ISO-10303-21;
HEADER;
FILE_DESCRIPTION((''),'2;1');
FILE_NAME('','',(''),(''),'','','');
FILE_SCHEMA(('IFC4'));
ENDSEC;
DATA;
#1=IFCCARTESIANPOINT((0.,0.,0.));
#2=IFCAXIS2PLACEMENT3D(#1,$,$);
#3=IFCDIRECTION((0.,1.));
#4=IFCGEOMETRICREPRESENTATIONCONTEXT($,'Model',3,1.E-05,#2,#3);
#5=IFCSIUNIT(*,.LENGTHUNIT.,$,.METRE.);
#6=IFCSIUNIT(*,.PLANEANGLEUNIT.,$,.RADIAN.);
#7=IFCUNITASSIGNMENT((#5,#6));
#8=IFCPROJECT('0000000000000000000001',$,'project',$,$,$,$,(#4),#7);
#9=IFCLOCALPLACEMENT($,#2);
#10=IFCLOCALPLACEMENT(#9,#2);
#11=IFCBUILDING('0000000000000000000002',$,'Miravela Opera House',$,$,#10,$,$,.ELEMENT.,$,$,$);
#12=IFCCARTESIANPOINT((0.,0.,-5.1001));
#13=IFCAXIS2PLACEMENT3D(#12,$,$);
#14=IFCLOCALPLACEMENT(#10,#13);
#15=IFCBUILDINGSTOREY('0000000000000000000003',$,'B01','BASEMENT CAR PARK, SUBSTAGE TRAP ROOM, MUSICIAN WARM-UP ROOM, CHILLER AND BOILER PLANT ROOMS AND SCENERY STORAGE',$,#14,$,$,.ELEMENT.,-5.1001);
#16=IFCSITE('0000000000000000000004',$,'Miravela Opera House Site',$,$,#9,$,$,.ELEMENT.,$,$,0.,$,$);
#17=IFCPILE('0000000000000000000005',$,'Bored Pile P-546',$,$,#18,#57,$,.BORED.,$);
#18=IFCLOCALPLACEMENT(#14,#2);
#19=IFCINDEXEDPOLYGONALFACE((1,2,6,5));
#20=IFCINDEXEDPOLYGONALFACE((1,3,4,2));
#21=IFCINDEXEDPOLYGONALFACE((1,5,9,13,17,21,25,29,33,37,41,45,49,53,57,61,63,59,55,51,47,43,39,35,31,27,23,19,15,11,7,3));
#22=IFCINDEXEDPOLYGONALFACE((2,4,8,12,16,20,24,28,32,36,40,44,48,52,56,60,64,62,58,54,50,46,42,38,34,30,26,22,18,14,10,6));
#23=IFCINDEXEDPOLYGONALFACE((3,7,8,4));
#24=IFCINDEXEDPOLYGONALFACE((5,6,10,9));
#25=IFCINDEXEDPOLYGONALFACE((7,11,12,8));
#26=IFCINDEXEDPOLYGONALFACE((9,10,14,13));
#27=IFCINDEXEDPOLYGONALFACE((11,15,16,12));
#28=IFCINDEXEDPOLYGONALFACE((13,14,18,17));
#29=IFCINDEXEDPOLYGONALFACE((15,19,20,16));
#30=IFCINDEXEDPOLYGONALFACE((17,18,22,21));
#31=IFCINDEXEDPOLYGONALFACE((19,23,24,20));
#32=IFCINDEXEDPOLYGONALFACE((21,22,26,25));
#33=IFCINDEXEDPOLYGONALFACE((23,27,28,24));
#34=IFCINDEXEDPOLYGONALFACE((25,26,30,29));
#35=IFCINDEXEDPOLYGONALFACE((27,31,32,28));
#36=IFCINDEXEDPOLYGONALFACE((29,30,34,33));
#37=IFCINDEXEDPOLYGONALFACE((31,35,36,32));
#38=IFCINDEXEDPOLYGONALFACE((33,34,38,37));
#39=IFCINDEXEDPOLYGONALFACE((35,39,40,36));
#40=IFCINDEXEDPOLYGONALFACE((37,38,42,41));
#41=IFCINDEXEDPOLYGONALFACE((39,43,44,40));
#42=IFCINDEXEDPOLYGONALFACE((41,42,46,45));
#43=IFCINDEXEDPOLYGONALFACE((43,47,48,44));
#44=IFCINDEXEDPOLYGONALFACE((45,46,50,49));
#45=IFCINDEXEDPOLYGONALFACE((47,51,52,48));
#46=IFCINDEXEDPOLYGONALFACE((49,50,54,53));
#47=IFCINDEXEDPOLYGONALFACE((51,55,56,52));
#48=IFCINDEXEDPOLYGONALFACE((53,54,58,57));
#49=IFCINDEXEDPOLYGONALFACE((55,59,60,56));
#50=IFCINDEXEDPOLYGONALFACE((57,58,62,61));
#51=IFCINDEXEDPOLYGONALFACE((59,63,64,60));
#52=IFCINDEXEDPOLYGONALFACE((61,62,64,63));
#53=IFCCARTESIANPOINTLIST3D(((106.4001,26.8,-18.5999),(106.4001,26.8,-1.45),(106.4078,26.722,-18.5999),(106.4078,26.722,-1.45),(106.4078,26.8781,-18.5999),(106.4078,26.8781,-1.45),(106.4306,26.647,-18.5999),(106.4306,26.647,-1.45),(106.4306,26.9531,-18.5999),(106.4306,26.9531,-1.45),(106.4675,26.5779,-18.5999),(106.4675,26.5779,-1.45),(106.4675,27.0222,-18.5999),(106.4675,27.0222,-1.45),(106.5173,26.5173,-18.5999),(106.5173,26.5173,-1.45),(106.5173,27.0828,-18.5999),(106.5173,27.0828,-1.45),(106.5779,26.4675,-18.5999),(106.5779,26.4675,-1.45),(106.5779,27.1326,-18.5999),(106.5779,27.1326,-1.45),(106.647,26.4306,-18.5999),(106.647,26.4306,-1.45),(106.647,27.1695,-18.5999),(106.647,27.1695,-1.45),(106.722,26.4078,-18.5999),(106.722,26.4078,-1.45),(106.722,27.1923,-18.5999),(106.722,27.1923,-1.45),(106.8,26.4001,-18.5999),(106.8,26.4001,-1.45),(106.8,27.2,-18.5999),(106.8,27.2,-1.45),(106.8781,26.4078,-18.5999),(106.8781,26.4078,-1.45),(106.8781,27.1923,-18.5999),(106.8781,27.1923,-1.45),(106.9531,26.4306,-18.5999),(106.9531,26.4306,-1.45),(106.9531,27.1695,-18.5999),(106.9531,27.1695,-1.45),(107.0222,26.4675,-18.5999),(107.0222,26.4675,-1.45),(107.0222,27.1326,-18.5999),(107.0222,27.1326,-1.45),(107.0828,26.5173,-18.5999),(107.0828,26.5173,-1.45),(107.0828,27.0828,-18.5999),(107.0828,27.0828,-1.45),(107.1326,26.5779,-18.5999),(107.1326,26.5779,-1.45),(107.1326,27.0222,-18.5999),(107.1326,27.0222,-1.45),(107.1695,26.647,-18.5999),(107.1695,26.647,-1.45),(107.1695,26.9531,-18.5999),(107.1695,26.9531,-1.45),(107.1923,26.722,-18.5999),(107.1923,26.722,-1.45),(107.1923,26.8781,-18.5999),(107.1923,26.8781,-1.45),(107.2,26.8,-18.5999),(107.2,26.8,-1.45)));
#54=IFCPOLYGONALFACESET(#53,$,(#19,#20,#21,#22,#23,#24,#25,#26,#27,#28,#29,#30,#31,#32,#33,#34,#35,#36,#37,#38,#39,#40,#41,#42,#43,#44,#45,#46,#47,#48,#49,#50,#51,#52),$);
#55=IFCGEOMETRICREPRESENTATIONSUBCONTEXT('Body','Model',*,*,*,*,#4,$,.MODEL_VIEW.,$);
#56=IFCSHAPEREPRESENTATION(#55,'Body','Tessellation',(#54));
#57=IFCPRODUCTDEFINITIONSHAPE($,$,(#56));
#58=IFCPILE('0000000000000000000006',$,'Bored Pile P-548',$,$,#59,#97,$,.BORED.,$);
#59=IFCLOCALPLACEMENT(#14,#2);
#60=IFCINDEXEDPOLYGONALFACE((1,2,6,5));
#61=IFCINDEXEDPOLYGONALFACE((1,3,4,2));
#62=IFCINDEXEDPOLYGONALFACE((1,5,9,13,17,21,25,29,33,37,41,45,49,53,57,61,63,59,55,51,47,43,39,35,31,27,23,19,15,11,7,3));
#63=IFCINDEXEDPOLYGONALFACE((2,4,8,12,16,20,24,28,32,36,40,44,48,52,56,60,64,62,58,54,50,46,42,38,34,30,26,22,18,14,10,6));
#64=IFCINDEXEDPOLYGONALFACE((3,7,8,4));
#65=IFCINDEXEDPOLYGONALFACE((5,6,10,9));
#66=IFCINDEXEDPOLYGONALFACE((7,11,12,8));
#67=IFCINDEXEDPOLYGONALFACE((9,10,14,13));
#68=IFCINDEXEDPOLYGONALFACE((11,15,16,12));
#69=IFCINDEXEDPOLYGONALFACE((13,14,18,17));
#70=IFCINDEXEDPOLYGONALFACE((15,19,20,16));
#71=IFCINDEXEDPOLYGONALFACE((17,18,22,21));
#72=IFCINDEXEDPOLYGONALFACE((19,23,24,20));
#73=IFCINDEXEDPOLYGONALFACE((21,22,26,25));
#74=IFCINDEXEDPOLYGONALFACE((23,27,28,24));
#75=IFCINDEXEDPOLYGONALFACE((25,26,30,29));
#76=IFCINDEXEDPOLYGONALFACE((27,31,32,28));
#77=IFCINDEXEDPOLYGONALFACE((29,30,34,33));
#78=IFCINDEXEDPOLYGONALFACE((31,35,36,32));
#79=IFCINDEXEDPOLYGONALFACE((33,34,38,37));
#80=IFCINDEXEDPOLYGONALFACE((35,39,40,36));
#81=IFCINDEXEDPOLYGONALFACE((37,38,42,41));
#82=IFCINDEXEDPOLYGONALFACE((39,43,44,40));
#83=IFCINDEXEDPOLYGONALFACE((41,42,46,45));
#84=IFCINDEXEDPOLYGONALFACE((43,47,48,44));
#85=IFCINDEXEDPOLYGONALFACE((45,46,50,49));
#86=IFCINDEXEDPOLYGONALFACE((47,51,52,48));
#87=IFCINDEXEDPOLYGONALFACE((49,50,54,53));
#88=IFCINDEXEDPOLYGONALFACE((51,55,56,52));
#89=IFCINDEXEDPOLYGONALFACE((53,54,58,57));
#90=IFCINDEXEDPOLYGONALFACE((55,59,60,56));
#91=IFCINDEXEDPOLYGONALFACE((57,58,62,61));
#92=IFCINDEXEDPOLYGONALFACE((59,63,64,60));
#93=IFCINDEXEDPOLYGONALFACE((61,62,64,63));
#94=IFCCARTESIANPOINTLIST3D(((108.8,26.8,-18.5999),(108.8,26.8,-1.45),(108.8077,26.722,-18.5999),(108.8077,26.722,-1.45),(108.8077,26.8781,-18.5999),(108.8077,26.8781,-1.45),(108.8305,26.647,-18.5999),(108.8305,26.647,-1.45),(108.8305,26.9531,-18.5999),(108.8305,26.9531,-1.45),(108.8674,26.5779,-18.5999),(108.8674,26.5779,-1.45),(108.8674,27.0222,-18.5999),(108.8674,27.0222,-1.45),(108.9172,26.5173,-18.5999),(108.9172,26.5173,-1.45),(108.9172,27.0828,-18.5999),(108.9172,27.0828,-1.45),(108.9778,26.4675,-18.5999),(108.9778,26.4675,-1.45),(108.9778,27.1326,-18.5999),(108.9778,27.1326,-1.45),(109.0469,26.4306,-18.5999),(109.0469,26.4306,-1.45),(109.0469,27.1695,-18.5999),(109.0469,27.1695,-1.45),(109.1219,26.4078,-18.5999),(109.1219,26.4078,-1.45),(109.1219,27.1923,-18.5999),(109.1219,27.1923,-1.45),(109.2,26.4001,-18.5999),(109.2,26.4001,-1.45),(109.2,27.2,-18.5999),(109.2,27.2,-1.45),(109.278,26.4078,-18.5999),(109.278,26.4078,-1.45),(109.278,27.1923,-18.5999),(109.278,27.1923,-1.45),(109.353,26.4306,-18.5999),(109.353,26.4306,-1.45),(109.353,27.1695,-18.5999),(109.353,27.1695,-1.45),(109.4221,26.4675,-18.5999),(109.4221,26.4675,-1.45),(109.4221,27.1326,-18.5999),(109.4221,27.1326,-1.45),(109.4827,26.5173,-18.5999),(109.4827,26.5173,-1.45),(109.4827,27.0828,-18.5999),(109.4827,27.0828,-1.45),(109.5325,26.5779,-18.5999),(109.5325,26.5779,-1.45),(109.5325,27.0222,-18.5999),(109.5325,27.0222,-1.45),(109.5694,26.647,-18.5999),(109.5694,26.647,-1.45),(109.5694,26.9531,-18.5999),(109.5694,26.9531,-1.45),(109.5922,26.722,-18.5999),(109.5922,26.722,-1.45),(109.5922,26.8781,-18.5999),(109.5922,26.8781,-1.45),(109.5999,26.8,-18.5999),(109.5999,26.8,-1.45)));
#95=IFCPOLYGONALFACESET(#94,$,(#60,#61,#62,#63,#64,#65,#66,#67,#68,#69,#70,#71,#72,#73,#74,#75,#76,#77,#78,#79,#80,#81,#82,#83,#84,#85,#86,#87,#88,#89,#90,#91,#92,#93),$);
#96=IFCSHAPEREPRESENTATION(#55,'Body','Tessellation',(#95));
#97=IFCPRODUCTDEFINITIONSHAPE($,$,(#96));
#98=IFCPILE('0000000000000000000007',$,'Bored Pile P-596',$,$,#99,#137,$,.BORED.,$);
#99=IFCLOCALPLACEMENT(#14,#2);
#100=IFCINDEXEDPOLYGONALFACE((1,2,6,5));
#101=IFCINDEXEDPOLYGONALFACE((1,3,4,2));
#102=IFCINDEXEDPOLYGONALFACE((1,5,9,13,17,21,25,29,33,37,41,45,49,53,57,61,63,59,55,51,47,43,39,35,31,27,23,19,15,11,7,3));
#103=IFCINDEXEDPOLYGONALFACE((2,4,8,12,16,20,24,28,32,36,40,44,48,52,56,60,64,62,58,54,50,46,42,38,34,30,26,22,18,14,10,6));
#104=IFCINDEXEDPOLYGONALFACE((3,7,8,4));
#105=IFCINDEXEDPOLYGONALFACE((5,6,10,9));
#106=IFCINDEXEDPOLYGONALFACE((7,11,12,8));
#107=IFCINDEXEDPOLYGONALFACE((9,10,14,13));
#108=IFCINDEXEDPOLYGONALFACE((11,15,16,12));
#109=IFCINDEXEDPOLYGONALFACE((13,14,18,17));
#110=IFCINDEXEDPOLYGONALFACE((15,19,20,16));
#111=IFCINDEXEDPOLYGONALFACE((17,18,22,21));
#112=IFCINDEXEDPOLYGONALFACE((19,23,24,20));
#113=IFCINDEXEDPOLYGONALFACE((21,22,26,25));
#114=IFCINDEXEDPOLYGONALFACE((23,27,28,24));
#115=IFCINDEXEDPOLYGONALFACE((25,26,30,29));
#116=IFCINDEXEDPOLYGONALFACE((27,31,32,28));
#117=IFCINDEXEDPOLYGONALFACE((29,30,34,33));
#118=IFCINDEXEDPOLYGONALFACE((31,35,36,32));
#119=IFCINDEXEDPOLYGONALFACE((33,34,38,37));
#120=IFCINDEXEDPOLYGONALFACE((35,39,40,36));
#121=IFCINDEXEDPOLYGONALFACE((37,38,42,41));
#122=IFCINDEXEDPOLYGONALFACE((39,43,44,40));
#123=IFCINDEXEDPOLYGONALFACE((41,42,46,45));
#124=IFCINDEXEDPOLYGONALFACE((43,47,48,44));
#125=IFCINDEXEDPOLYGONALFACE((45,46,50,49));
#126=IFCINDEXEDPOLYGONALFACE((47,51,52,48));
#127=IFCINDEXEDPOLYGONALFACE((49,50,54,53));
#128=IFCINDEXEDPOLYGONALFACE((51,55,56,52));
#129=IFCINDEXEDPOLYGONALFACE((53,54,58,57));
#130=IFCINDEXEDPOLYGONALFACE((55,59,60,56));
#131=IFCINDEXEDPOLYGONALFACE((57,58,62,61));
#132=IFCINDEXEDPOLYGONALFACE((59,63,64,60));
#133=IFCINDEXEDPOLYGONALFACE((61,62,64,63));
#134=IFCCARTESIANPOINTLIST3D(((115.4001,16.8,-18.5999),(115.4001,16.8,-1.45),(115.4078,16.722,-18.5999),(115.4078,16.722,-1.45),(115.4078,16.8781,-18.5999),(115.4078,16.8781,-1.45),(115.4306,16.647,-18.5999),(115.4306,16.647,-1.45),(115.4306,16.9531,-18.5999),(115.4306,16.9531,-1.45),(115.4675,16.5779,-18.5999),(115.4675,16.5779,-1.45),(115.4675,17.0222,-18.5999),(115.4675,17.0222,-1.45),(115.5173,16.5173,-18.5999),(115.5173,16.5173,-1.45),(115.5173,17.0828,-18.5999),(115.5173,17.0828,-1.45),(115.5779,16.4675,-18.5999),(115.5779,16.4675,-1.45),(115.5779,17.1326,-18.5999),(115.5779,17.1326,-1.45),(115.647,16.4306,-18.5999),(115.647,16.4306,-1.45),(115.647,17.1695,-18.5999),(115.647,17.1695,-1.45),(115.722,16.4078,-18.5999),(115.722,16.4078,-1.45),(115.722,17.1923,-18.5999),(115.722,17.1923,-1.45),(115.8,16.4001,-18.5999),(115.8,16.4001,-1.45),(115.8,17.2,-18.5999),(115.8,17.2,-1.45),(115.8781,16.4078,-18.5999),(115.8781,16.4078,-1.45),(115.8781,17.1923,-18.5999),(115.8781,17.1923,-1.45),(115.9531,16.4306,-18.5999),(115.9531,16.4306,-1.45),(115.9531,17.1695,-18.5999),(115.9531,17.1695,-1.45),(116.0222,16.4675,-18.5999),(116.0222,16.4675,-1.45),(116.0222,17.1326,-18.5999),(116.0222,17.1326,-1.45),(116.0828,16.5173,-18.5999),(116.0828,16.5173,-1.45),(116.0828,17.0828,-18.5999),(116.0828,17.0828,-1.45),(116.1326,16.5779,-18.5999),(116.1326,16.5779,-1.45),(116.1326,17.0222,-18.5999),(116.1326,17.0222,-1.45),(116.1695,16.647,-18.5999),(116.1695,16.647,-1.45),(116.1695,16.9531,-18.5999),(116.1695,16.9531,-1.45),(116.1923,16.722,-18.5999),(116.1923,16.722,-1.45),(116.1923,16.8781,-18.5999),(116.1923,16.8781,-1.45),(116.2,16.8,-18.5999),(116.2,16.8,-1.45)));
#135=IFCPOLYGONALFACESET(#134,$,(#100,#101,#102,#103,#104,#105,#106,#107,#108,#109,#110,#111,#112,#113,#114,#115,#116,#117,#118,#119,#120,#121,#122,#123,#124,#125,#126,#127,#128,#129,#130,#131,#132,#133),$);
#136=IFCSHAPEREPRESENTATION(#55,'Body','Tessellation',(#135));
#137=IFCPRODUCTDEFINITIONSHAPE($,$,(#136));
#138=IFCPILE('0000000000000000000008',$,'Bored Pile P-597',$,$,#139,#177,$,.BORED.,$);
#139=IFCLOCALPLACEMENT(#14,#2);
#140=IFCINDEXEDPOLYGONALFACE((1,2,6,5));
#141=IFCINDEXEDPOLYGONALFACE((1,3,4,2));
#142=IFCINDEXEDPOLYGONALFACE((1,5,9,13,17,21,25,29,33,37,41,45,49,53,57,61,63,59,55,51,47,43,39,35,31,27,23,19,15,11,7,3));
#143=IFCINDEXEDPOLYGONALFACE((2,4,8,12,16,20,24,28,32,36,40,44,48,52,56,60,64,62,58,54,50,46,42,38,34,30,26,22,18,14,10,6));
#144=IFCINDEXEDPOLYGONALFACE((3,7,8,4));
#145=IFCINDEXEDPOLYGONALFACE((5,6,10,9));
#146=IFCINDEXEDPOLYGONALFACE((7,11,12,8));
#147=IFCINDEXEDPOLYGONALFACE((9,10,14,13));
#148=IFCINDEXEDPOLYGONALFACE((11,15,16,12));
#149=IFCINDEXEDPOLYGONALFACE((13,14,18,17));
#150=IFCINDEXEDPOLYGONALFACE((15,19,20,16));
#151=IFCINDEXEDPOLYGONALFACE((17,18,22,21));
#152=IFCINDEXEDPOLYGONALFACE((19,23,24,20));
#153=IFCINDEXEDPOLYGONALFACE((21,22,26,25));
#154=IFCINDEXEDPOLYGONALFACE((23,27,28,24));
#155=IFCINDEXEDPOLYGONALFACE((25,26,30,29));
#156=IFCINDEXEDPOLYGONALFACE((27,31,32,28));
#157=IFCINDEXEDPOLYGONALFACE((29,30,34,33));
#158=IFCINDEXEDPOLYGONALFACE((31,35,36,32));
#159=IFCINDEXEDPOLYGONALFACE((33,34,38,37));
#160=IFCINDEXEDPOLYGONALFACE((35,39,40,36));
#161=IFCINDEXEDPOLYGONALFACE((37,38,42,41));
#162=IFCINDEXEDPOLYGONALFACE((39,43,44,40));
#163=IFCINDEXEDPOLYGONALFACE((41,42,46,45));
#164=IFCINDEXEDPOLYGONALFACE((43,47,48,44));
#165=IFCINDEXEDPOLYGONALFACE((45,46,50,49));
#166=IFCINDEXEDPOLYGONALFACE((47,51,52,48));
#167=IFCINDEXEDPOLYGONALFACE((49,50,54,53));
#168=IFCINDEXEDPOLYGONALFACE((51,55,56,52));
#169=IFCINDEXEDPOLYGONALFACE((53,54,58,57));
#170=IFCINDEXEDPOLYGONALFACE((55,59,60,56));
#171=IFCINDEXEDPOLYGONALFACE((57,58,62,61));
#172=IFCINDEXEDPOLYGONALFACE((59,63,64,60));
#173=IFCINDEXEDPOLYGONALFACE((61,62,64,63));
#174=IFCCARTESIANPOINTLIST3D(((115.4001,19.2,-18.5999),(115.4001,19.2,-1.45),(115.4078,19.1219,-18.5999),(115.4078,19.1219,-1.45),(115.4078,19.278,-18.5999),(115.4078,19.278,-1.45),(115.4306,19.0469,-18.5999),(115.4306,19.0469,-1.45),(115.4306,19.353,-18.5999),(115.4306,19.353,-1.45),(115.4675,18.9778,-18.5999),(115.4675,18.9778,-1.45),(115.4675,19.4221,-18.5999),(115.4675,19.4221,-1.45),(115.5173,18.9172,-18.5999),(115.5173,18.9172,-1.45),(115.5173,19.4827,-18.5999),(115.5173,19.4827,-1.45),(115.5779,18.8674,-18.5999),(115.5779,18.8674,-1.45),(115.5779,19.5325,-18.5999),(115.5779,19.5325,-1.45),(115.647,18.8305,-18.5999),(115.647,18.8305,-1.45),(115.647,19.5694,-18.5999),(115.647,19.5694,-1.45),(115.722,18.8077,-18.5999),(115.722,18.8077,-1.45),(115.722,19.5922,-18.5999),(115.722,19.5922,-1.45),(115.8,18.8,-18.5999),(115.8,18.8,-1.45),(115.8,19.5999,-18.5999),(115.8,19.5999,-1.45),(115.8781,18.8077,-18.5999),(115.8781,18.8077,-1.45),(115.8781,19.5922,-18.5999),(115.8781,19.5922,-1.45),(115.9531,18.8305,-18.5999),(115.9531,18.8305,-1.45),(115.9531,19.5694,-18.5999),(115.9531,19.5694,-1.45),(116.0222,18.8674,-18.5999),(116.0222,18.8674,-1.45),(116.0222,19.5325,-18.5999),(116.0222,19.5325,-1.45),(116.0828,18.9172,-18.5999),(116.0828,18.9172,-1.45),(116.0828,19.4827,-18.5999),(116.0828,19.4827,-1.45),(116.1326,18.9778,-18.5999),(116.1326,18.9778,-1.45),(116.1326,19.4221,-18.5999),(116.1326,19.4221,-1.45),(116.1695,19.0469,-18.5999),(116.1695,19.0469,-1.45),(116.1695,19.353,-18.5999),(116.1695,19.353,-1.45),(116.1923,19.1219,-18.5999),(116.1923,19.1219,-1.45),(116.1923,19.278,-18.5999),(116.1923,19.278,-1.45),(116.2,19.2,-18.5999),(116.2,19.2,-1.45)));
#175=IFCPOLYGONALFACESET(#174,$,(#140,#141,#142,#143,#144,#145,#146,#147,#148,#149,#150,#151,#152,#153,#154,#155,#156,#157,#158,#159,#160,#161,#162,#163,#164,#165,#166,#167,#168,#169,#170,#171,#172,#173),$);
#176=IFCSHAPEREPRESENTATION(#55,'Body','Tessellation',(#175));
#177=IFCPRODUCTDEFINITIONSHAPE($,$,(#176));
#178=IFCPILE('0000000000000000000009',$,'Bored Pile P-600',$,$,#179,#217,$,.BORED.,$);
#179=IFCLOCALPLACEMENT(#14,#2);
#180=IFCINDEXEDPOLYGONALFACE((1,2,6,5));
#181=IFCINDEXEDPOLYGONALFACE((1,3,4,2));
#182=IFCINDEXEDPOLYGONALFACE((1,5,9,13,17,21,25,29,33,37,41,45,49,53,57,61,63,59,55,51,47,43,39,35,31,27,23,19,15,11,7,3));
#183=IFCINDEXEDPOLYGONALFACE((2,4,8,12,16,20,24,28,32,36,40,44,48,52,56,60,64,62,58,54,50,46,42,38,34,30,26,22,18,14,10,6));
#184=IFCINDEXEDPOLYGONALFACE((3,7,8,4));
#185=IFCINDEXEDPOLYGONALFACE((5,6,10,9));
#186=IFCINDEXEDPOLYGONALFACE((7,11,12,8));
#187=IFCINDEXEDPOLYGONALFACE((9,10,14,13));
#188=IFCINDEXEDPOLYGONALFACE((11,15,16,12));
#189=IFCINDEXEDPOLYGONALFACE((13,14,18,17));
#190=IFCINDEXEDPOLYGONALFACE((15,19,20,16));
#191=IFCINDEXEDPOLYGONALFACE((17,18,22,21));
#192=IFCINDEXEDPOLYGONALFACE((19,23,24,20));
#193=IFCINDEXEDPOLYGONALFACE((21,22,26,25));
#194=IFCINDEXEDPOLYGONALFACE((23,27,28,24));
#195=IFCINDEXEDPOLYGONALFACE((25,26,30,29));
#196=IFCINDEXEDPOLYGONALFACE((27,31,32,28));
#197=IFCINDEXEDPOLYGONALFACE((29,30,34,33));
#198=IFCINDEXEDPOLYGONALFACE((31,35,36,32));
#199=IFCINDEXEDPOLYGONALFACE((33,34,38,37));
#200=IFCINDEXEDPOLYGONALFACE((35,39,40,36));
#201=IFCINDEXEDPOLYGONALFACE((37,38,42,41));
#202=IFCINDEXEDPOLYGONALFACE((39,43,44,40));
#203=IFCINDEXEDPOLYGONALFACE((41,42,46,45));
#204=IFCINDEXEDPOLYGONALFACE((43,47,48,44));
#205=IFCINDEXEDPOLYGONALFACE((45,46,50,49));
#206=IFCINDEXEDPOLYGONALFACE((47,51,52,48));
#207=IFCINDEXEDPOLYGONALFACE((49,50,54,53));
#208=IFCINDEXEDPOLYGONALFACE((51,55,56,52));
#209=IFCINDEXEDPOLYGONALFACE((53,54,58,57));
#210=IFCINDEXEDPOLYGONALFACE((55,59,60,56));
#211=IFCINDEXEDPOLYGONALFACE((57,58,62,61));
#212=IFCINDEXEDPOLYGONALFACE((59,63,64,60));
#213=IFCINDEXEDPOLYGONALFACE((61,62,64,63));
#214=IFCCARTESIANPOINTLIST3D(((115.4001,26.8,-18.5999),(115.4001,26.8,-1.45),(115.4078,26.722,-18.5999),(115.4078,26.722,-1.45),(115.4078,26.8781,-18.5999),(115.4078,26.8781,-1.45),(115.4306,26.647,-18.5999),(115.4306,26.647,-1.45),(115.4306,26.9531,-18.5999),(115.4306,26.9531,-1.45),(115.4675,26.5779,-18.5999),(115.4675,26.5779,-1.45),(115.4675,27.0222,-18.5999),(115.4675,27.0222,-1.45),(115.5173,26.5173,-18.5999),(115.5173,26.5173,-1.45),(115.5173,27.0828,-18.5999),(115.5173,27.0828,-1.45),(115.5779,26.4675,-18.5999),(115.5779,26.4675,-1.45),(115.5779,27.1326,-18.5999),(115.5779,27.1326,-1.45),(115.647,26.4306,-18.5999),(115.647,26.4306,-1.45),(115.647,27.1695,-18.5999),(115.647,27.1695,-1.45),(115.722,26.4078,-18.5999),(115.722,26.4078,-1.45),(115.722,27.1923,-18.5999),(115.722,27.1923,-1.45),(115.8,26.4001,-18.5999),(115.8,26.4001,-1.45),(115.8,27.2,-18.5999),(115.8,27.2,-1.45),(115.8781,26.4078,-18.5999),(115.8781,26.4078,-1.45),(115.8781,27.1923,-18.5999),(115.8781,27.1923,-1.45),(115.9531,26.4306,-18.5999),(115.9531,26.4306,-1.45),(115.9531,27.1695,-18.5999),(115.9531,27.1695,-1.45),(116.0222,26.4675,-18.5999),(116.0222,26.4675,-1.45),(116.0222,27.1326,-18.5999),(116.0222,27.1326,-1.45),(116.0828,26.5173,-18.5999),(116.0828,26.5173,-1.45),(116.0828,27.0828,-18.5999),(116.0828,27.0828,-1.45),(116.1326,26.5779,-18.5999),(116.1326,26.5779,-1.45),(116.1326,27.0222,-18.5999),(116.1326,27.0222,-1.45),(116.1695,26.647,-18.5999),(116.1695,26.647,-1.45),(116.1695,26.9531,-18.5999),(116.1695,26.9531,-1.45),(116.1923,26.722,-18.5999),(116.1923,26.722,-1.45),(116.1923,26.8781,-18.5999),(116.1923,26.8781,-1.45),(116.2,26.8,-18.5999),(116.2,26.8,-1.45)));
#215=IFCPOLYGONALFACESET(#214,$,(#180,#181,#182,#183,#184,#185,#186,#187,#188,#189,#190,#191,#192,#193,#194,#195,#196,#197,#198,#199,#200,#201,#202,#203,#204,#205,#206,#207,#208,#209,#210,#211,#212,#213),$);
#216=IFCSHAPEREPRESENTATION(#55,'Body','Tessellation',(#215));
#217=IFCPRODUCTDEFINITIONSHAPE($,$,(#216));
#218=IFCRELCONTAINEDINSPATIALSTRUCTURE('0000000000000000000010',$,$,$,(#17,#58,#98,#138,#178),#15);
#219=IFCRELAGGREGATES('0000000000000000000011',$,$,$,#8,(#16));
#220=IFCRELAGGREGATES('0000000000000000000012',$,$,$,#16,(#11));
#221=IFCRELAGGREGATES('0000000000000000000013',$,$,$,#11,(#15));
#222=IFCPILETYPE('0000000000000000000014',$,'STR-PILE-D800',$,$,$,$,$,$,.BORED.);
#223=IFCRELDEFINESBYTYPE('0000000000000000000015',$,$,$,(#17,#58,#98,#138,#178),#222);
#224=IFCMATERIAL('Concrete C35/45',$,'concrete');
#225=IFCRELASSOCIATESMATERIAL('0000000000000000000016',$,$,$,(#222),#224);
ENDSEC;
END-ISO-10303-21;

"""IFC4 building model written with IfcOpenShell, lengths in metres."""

from ifc_helpers import new_model, si_unit, direction, frame, origin, origin_2d, place, context, subcontext, project, spatial, circle, extrude, material, material_profile, profile_set, type_object, element, save


model = new_model("IFC4")

# Units and contexts
model_context = context("Model", 3, precision=1e-05, world=origin(), true_north=direction((0.0, 1.0)))
body_context = subcontext(model_context, "Body", "Model", "MODEL_VIEW")
ifc_project = project(units=[si_unit("LENGTHUNIT", "METRE"), si_unit("PLANEANGLEUNIT", "RADIAN")], contexts=[model_context])

# Site, building, storey
site_placement = place(None, origin())
site = spatial("IfcSite", under=ifc_project, at=site_placement, Name="Miravela Opera House Site", CompositionType="ELEMENT", RefElevation=0.0)
building_placement = place(site_placement, origin())
building = spatial("IfcBuilding", under=site, at=building_placement, Name="Miravela Opera House", CompositionType="ELEMENT")
storey_placement = place(building_placement, frame((0.0, 0.0, -5.1001)))
storey = spatial("IfcBuildingStorey", under=building, at=storey_placement, Name="B01", Description="BASEMENT CAR PARK, SUBSTAGE TRAP ROOM, MUSICIAN WARM-UP ROOM, CHILLER AND BOILER PLANT ROOMS AND SCENERY STORAGE", CompositionType="ELEMENT", Elevation=-5.1001)

# Shared definitions
ifc_material_1 = material(Name="Concrete C35/45", Category="concrete")

# Piles
ifc_material_profile_1 = material_profile(ifc_material_1, circle(Radius=0.3999, at=origin_2d()), Name="PILE-D800")
ifc_profile_set_1 = profile_set([ifc_material_profile_1])
pile_type = type_object("IfcPileType", Name="STR-PILE-D800", PredefinedType="BORED", material=ifc_profile_set_1)
for number, where, z_axis, x_axis, name in (
    (1, (106.8, 26.8, -1.45), (0.0, 0.0, -1.0), (1.0, 0.0, 0.0), "Bored Pile P-546"),
    (2, (109.2, 26.8, -1.45), (0.0, 0.0, -1.0), (1.0, 0.0, 0.0), "Bored Pile P-548"),
    (3, (115.8, 16.8, -1.45), (0.0, 0.0, -1.0), (1.0, 0.0, 0.0), "Bored Pile P-596"),
    (4, (115.8, 19.2, -1.45), (0.0, 0.0, -1.0), (1.0, 0.0, 0.0), "Bored Pile P-597"),
    (5, (115.8, 26.8, -1.45), (0.0, 0.0, -1.0), (1.0, 0.0, 0.0), "Bored Pile P-600"),
):
    element("IfcPile", number, at=place(storey_placement, frame(where, z_axis=z_axis, x_axis=x_axis)), inside=storey, type_object=pile_type, Name=name, PredefinedType="BORED", context=body_context, shape_type="SweptSolid", body=[
        extrude(circle(Radius=0.3999, at=origin_2d()), origin(), (0.0, 0.0, 1.0), 17.1499),
    ])

save(model, "model.ifc")
